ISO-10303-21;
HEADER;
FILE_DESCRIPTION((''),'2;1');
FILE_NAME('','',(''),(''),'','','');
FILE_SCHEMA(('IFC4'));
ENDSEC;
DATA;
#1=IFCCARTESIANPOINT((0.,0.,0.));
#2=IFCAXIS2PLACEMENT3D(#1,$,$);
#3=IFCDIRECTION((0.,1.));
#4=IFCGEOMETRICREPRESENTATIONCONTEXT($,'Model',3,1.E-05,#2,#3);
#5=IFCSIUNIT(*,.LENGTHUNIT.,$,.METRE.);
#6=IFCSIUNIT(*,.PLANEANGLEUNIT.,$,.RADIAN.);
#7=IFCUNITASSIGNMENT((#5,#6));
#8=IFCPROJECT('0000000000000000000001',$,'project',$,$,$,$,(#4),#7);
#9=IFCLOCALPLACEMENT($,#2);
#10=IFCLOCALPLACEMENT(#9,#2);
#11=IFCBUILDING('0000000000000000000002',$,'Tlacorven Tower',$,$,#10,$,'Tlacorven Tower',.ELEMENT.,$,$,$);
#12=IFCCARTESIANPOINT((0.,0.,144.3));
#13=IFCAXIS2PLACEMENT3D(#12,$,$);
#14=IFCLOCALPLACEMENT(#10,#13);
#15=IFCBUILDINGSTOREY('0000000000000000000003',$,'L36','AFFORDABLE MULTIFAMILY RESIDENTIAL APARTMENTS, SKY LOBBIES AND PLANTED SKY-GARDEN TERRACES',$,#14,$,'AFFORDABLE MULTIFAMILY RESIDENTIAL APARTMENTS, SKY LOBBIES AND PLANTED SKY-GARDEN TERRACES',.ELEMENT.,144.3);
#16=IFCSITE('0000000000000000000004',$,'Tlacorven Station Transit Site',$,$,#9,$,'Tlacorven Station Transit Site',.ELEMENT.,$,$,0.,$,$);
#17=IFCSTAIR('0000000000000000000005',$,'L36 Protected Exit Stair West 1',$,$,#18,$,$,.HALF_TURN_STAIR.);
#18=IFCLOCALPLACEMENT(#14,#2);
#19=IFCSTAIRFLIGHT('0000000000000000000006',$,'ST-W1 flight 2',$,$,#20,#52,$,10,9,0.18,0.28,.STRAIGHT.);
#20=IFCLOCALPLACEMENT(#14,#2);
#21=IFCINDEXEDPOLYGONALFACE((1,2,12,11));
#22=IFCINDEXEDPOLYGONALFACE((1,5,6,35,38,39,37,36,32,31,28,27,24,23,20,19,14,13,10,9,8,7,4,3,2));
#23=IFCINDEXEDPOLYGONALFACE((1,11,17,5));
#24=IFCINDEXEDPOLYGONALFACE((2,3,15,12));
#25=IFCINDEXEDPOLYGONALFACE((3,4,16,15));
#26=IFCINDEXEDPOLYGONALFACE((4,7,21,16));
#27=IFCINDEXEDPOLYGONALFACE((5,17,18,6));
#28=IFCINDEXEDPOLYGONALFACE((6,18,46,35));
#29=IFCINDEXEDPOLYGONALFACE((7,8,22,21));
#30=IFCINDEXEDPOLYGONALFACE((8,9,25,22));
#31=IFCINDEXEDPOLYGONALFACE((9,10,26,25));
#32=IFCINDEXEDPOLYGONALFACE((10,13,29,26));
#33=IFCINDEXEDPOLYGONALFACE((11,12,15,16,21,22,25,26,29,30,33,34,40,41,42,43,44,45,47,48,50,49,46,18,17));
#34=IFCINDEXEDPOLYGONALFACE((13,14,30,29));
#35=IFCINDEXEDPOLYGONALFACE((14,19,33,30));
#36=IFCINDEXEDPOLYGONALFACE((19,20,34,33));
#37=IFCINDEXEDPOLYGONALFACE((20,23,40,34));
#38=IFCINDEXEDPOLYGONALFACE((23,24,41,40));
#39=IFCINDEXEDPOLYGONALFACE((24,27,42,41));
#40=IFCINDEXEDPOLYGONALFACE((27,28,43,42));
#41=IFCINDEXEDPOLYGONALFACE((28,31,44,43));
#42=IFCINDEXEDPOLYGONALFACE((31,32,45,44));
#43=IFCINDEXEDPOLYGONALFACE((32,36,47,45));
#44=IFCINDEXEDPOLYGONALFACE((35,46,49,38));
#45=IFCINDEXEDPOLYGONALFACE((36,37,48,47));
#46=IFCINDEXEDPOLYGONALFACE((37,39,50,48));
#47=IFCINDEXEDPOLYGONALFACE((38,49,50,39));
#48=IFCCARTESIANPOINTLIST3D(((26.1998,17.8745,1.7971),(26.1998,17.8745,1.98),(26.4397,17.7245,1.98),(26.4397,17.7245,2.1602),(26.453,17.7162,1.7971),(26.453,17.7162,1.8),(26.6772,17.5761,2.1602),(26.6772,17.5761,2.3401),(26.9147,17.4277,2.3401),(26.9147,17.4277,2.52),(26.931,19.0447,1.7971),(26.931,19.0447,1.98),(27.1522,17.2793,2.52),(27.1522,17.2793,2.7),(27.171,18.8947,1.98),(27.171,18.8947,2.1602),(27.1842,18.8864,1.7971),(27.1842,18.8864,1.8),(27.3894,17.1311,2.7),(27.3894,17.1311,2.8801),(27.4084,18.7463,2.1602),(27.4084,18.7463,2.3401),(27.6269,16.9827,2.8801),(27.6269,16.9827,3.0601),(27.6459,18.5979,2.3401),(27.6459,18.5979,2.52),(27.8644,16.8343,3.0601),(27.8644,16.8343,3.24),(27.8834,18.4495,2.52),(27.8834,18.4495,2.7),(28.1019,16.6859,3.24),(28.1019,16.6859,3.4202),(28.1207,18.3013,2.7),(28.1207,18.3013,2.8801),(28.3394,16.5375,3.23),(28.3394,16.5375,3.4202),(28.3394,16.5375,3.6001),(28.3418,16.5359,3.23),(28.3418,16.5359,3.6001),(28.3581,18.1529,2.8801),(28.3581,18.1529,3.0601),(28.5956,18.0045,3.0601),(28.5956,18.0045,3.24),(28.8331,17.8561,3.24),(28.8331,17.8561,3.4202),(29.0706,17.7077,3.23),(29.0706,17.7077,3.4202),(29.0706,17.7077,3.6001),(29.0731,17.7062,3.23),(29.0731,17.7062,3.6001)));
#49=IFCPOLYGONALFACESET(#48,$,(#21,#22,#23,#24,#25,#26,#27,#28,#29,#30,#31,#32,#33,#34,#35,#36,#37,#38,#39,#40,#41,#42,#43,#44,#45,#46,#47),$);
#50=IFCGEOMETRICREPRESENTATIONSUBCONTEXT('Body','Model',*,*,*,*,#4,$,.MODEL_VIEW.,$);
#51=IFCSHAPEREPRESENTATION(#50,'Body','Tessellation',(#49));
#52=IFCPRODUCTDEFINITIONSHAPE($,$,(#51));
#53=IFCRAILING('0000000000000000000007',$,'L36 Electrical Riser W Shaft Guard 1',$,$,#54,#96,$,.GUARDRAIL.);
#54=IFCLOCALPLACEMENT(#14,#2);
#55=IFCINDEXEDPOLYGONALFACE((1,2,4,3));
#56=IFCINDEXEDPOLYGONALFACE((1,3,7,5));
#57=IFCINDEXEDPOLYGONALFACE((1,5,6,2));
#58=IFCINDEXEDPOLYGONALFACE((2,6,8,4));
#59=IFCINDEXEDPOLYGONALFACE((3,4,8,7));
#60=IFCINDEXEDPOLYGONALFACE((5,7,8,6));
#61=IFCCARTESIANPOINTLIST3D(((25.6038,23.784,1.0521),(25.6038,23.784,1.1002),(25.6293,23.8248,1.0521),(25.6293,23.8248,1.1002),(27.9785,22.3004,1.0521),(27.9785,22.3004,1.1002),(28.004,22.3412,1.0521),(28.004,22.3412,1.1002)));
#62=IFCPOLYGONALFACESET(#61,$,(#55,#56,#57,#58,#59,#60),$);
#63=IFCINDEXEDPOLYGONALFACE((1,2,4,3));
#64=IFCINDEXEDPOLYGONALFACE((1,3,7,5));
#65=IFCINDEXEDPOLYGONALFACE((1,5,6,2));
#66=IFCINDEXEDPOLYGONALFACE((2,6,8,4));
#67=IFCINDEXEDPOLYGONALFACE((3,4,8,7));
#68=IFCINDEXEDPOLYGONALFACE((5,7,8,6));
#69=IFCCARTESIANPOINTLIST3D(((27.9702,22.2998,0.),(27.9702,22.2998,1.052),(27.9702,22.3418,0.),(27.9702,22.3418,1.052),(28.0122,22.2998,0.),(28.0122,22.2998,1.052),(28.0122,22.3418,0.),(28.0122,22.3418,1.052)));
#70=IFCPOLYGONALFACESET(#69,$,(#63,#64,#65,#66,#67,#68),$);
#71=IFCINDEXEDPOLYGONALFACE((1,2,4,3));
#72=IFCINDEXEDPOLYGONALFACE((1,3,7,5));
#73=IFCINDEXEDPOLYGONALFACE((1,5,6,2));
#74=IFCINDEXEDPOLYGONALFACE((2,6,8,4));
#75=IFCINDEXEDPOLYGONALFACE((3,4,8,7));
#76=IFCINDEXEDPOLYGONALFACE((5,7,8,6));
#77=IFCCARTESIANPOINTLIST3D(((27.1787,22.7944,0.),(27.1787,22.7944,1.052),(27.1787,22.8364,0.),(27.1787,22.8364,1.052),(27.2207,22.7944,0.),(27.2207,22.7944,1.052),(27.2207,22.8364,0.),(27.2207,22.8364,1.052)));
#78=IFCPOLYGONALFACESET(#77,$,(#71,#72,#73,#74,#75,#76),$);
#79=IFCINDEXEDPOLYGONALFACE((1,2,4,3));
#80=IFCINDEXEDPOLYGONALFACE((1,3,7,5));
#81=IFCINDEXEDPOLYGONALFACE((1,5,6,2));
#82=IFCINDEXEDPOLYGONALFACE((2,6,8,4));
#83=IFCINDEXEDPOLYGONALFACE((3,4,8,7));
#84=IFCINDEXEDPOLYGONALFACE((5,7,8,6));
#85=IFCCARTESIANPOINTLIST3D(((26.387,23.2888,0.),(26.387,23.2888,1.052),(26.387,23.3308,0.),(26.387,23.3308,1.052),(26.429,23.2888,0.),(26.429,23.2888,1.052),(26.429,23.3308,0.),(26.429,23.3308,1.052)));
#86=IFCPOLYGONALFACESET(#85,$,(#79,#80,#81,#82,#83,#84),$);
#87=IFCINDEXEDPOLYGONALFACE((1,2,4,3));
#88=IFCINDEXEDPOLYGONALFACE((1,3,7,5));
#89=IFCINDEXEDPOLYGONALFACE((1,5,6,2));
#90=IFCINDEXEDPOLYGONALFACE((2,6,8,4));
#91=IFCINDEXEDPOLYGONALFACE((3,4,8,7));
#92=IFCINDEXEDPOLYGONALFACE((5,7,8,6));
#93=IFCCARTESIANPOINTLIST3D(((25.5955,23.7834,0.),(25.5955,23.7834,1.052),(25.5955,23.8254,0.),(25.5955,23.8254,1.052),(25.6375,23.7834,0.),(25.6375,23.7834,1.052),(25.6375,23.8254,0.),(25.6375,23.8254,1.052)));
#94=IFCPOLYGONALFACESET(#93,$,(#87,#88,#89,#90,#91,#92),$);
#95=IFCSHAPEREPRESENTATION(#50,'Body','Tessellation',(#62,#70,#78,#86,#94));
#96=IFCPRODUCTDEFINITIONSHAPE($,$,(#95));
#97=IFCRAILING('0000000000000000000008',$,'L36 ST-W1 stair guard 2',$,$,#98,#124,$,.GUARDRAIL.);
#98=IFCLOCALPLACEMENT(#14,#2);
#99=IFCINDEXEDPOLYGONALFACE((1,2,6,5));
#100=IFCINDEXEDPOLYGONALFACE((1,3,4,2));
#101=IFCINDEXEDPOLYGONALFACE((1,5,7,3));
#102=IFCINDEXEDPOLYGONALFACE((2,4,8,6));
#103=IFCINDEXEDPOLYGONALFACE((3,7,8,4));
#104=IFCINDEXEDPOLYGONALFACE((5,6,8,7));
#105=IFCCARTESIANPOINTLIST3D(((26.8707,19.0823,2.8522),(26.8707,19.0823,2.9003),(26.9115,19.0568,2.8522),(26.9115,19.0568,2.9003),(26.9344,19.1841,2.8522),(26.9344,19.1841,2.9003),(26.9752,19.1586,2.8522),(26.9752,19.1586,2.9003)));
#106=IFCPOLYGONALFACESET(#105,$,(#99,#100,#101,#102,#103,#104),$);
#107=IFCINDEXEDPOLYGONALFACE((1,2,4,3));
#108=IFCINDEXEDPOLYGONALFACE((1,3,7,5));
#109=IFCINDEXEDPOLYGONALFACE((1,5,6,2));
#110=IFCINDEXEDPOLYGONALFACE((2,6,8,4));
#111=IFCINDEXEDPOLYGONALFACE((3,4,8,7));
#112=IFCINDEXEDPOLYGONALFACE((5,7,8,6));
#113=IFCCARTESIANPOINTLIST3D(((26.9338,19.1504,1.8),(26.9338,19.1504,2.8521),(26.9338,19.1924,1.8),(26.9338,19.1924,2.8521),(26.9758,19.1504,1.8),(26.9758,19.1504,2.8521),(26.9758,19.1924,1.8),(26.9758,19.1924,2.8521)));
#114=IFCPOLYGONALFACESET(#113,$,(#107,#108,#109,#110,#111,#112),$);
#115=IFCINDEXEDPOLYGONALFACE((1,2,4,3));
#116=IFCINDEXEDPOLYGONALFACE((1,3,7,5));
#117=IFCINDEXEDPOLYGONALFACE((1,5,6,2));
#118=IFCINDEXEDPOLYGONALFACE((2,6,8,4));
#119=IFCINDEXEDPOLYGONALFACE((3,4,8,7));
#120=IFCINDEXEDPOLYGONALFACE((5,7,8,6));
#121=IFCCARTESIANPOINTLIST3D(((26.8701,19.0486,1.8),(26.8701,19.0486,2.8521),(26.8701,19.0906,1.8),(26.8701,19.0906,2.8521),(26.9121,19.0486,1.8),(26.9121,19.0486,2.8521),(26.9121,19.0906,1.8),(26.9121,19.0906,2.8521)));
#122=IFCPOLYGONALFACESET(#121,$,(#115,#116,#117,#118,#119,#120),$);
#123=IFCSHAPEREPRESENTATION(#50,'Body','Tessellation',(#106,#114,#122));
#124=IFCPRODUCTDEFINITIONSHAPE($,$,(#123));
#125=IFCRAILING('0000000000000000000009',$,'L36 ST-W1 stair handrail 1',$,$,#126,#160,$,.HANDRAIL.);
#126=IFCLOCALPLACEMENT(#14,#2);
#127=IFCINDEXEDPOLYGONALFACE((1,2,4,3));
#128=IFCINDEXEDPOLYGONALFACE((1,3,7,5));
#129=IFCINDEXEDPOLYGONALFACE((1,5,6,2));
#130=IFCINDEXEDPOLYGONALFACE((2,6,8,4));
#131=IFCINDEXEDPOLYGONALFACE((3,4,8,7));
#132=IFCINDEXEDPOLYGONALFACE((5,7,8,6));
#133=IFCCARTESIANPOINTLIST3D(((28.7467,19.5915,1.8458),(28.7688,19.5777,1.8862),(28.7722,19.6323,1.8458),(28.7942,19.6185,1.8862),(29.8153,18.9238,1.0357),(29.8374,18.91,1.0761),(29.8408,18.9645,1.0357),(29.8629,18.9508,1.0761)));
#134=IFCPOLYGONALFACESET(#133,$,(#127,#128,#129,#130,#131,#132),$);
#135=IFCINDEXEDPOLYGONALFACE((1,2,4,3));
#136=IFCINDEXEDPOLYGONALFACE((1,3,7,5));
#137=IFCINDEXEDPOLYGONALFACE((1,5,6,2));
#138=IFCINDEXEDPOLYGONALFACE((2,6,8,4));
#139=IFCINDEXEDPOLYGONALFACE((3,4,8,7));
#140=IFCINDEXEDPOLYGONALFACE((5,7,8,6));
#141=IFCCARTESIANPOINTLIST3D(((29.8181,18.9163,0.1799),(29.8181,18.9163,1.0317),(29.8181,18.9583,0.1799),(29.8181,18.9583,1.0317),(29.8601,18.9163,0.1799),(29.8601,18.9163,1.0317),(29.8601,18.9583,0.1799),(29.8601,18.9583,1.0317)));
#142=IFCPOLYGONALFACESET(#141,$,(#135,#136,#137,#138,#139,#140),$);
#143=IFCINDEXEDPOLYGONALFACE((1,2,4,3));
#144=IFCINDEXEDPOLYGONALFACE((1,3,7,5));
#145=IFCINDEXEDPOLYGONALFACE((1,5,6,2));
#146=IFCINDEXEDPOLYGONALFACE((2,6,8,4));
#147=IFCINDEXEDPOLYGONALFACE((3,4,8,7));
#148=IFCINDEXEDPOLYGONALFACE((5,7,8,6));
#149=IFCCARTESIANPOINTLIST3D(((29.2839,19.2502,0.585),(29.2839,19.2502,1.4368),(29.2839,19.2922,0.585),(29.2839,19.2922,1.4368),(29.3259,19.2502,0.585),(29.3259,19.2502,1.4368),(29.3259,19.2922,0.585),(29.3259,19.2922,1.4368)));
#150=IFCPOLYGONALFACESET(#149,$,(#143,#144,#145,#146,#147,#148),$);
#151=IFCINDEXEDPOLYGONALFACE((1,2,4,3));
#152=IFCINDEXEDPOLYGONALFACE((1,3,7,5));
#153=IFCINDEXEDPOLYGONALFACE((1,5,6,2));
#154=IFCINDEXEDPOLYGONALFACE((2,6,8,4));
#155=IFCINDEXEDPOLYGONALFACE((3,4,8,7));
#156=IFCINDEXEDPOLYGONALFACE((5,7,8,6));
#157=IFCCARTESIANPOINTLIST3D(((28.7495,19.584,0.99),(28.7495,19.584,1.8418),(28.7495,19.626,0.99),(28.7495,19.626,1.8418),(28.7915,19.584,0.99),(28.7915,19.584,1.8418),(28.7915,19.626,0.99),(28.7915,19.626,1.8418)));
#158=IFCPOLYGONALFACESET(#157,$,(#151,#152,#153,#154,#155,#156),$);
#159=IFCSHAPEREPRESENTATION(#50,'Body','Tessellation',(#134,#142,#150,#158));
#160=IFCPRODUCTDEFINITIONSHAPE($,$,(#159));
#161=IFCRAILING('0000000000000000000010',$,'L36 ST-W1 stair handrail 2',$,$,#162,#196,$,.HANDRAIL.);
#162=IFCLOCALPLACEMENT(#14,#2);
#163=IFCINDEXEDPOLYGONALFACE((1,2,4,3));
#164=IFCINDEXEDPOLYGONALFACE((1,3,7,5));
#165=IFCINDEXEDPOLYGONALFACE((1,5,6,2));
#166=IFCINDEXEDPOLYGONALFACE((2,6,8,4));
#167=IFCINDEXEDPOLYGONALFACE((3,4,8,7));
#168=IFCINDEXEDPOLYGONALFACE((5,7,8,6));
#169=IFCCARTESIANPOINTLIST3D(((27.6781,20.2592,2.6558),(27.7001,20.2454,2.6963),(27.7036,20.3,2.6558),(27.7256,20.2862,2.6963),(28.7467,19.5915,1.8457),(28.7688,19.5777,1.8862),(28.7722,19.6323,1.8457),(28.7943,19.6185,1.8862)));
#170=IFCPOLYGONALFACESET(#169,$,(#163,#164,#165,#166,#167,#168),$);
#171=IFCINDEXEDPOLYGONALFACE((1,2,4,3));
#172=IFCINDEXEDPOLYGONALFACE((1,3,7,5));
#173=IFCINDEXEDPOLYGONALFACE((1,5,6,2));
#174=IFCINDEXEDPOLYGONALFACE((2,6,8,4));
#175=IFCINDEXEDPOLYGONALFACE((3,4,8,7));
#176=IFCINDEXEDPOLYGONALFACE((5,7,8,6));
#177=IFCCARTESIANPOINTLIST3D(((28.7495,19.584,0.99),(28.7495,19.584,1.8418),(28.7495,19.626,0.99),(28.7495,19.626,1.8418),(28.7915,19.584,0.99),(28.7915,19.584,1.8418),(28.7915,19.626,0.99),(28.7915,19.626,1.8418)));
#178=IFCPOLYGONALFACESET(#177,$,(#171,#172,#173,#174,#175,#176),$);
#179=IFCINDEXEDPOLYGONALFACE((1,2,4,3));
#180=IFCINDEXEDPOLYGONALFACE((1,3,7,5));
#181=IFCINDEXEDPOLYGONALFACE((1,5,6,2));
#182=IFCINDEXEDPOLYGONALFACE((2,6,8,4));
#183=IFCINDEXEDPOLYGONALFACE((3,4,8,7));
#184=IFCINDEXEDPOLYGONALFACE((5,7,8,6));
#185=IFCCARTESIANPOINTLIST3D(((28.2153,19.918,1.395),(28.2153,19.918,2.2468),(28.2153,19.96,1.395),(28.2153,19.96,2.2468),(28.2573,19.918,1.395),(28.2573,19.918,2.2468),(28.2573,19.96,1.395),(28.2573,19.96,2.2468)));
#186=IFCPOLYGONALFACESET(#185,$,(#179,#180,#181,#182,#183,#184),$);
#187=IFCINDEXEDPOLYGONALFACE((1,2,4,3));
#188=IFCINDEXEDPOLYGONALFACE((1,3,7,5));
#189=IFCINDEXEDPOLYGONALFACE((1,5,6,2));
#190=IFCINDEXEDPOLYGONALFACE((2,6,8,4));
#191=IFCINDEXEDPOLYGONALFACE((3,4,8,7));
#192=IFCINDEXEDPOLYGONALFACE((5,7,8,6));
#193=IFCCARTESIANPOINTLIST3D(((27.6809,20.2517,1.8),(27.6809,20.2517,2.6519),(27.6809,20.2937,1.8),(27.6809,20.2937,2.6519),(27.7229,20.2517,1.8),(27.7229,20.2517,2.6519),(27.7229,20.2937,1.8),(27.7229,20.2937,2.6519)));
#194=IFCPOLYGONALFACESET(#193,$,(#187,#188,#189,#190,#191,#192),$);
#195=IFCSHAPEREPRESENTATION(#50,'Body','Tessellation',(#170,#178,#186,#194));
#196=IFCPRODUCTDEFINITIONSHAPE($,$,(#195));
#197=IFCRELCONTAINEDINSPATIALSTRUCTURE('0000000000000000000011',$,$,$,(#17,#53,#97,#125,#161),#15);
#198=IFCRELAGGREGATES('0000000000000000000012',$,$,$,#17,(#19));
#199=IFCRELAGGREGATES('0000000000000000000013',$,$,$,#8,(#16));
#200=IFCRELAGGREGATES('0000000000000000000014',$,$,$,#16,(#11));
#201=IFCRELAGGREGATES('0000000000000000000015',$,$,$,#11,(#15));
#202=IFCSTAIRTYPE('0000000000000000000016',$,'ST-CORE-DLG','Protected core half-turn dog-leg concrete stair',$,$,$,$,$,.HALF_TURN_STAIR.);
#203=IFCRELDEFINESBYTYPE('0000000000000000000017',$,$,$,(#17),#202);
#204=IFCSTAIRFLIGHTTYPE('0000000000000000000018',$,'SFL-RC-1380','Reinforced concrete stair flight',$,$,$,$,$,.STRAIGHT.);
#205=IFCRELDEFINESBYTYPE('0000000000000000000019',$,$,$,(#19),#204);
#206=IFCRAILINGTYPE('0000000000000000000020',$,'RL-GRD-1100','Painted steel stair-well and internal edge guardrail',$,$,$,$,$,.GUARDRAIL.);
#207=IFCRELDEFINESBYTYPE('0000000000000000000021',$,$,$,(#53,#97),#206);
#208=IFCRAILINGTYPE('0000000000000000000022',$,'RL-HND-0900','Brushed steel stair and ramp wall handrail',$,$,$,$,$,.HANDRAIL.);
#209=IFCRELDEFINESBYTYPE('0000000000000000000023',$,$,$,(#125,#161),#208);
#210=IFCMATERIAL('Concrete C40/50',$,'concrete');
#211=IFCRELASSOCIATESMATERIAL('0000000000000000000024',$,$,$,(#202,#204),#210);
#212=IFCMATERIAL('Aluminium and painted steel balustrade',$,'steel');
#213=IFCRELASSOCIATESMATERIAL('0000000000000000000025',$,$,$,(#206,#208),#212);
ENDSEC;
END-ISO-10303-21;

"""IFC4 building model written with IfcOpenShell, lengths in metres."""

from ifc_helpers import new_model, si_unit, direction, frame, origin, origin_2d, place, context, subcontext, project, spatial, polyline, rectangle, outline, extrude, source, transform, mapped, material, type_object, element, aggregate, save


model = new_model("IFC4")

# Units and contexts
model_context = context("Model", 3, precision=1e-05, world=origin(), true_north=direction((0.0, 1.0)))
body_context = subcontext(model_context, "Body", "Model", "MODEL_VIEW")
ifc_project = project(units=[si_unit("LENGTHUNIT", "METRE"), si_unit("PLANEANGLEUNIT", "RADIAN")], contexts=[model_context])

# Site, building, storey
site_placement = place(None, origin())
site = spatial("IfcSite", under=ifc_project, at=site_placement, Name="Tlacorven Station Transit Site", LongName="Tlacorven Station Transit Site", CompositionType="ELEMENT", RefElevation=0.0)
building_placement = place(site_placement, origin())
building = spatial("IfcBuilding", under=site, at=building_placement, Name="Tlacorven Tower", LongName="Tlacorven Tower", CompositionType="ELEMENT")
storey_placement = place(building_placement, frame((0.0, 0.0, 144.3)))
storey = spatial("IfcBuildingStorey", under=building, at=storey_placement, Name="L36", Description="AFFORDABLE MULTIFAMILY RESIDENTIAL APARTMENTS, SKY LOBBIES AND PLANTED SKY-GARDEN TERRACES", LongName="AFFORDABLE MULTIFAMILY RESIDENTIAL APARTMENTS, SKY LOBBIES AND PLANTED SKY-GARDEN TERRACES", CompositionType="ELEMENT", Elevation=144.3)

# Shared definitions
ifc_material_1 = material(Name="Concrete C40/50", Category="concrete")

# Stair, stair flight
stair_type = type_object("IfcStairType", Name="ST-CORE-DLG", Description="Protected core half-turn dog-leg concrete stair", PredefinedType="HALF_TURN_STAIR", material=ifc_material_1)
stair_placement = place(storey_placement, origin())
stair = element("IfcStair", 1, at=stair_placement, inside=storey, type_object=stair_type, Name="L36 Protected Exit Stair West 1", PredefinedType="HALF_TURN_STAIR")
stair_flight_type = type_object("IfcStairFlightType", Name="SFL-RC-1380", Description="Reinforced concrete stair flight", PredefinedType="STRAIGHT", material=ifc_material_1)
shared_shape_1 = source(origin(), body_context, "Body", "SweptSolid", [
    extrude(outline(polyline([(-0.0029, -0.0029), (-0.0029, 0.1799), (0.28, 0.1799), (0.28, 0.3601), (0.5601, 0.3601), (0.5601, 0.54), (0.8401, 0.54), (0.8401, 0.72), (1.1201, 0.72), (1.1201, 0.8999), (1.3999, 0.8999), (1.3999, 1.0801), (1.6799, 1.0801), (1.6799, 1.26), (1.96, 1.26), (1.96, 1.4399), (2.24, 1.4399), (2.24, 1.6201), (2.52, 1.6201), (2.52, 1.8), (2.5229, 1.8), (2.5229, 1.4299), (2.52, 1.4299), (0.2957, 0.0), (0.2957, -0.0029), (-0.0029, -0.0029)])), frame((0.0, 0.6899, 0.0), z_axis=(0.0, -1.0, 0.0), x_axis=(1.0, 0.0, 0.0)), (0.0, 0.0, 1.0), 1.3799),
])
stair_flight_1_placement = place(storey_placement, frame((26.5679, 18.458, 1.8), z_axis=(0.0, 0.0, 1.0), x_axis=(0.848048, -0.529919, 0.0)))
stair_flight_1 = element("IfcStairFlight", 2, at=stair_flight_1_placement, type_object=stair_flight_type, Name="ST-W1 flight 2", NumberOfRisers=10, NumberOfTreads=9, PredefinedType="STRAIGHT", RiserHeight=0.18, TreadLength=0.28, context=body_context, shape_type="MappedRepresentation", body=[
    mapped(shared_shape_1, transform((0.0, 0.0, 0.0), scale=1.0)),
])
aggregate(stair, [stair_flight_1])

# Railings
ifc_material_2 = material(Name="Aluminium and painted steel balustrade", Category="steel")
railing_type_1 = type_object("IfcRailingType", Name="RL-GRD-1100", Description="Painted steel stair-well and internal edge guardrail", PredefinedType="GUARDRAIL", material=ifc_material_2)
shared_shape_2 = source(origin(), body_context, "Body", "SweptSolid", [
    extrude(rectangle(XDim=0.0481, YDim=0.0481, at=origin_2d()), frame((0.0, 0.0, 1.0762), z_axis=(-0.848091, 0.52985, 0.0), x_axis=(-0.52985, -0.848091, 0.0)), (0.0, 0.0, 1.0), 2.8),
    extrude(rectangle(XDim=0.042, YDim=0.042, at=origin_2d()), origin(), (0.0, 0.0, 1.0), 1.052),
    extrude(rectangle(XDim=0.042, YDim=0.042, at=origin_2d()), frame((-0.7915, 0.4946, 0.0)), (0.0, 0.0, 1.0), 1.052),
    extrude(rectangle(XDim=0.042, YDim=0.042, at=origin_2d()), frame((-1.5833, 0.989, 0.0)), (0.0, 0.0, 1.0), 1.052),
    extrude(rectangle(XDim=0.042, YDim=0.042, at=origin_2d()), frame((-2.3748, 1.4836, 0.0)), (0.0, 0.0, 1.0), 1.052),
])
railing_1_placement = place(storey_placement, frame((27.9912, 22.3208, 0.0)))
element("IfcRailing", 3, at=railing_1_placement, inside=storey, type_object=railing_type_1, Name="L36 Electrical Riser W Shaft Guard 1", PredefinedType="GUARDRAIL", context=body_context, shape_type="MappedRepresentation", body=[
    mapped(shared_shape_2, transform((0.0, 0.0, 0.0), scale=1.0)),
])
shared_shape_3 = source(origin(), body_context, "Body", "SweptSolid", [
    extrude(rectangle(XDim=0.0481, YDim=0.0481, at=origin_2d()), frame((0.0, 0.0, 1.0762), z_axis=(-0.530547, -0.847656, 0.0), x_axis=(0.847656, -0.530547, 0.0)), (0.0, 0.0, 1.0), 0.1201),
    extrude(rectangle(XDim=0.042, YDim=0.042, at=origin_2d()), origin(), (0.0, 0.0, 1.0), 1.052),
    extrude(rectangle(XDim=0.042, YDim=0.042, at=origin_2d()), frame((-0.0637, -0.1018, 0.0)), (0.0, 0.0, 1.0), 1.052),
])
railing_2_placement = place(storey_placement, frame((26.9548, 19.1714, 1.8)))
element("IfcRailing", 4, at=railing_2_placement, inside=storey, type_object=railing_type_1, Name="L36 ST-W1 stair guard 2", PredefinedType="GUARDRAIL", context=body_context, shape_type="MappedRepresentation", body=[
    mapped(shared_shape_3, transform((0.0, 0.0, 0.0), scale=1.0)),
])
railing_type_2 = type_object("IfcRailingType", Name="RL-HND-0900", Description="Brushed steel stair and ramp wall handrail", PredefinedType="HANDRAIL", material=ifc_material_2)
shared_shape_4 = source(origin(), body_context, "Body", "SweptSolid", [
    extrude(rectangle(XDim=0.0481, YDim=0.0481, at=origin_2d()), frame((0.0, 0.0, 0.876), z_axis=(-0.71336, 0.445748, 0.540765), x_axis=(-0.529912, -0.848053, 0.0)), (0.0, 0.0, 1.0), 1.498),
    extrude(rectangle(XDim=0.042, YDim=0.042, at=origin_2d()), origin(), (0.0, 0.0, 1.0), 0.8518),
    extrude(rectangle(XDim=0.042, YDim=0.042, at=origin_2d()), frame((-0.5342, 0.334, 0.405)), (0.0, 0.0, 1.0), 0.8518),
    extrude(rectangle(XDim=0.042, YDim=0.042, at=origin_2d()), frame((-1.0686, 0.6677, 0.8101)), (0.0, 0.0, 1.0), 0.8518),
])
for number, where, name in (
    (5, (29.8391, 18.9373, 0.1799), "L36 ST-W1 stair handrail 1"),
    (6, (28.7705, 19.605, 0.99), "L36 ST-W1 stair handrail 2"),
):
    element("IfcRailing", number, at=place(storey_placement, frame(where)), inside=storey, type_object=railing_type_2, Name=name, PredefinedType="HANDRAIL", context=body_context, shape_type="MappedRepresentation", body=[
        mapped(shared_shape_4, transform((0.0, 0.0, 0.0), scale=1.0)),
    ])

save(model, "model.ifc")
